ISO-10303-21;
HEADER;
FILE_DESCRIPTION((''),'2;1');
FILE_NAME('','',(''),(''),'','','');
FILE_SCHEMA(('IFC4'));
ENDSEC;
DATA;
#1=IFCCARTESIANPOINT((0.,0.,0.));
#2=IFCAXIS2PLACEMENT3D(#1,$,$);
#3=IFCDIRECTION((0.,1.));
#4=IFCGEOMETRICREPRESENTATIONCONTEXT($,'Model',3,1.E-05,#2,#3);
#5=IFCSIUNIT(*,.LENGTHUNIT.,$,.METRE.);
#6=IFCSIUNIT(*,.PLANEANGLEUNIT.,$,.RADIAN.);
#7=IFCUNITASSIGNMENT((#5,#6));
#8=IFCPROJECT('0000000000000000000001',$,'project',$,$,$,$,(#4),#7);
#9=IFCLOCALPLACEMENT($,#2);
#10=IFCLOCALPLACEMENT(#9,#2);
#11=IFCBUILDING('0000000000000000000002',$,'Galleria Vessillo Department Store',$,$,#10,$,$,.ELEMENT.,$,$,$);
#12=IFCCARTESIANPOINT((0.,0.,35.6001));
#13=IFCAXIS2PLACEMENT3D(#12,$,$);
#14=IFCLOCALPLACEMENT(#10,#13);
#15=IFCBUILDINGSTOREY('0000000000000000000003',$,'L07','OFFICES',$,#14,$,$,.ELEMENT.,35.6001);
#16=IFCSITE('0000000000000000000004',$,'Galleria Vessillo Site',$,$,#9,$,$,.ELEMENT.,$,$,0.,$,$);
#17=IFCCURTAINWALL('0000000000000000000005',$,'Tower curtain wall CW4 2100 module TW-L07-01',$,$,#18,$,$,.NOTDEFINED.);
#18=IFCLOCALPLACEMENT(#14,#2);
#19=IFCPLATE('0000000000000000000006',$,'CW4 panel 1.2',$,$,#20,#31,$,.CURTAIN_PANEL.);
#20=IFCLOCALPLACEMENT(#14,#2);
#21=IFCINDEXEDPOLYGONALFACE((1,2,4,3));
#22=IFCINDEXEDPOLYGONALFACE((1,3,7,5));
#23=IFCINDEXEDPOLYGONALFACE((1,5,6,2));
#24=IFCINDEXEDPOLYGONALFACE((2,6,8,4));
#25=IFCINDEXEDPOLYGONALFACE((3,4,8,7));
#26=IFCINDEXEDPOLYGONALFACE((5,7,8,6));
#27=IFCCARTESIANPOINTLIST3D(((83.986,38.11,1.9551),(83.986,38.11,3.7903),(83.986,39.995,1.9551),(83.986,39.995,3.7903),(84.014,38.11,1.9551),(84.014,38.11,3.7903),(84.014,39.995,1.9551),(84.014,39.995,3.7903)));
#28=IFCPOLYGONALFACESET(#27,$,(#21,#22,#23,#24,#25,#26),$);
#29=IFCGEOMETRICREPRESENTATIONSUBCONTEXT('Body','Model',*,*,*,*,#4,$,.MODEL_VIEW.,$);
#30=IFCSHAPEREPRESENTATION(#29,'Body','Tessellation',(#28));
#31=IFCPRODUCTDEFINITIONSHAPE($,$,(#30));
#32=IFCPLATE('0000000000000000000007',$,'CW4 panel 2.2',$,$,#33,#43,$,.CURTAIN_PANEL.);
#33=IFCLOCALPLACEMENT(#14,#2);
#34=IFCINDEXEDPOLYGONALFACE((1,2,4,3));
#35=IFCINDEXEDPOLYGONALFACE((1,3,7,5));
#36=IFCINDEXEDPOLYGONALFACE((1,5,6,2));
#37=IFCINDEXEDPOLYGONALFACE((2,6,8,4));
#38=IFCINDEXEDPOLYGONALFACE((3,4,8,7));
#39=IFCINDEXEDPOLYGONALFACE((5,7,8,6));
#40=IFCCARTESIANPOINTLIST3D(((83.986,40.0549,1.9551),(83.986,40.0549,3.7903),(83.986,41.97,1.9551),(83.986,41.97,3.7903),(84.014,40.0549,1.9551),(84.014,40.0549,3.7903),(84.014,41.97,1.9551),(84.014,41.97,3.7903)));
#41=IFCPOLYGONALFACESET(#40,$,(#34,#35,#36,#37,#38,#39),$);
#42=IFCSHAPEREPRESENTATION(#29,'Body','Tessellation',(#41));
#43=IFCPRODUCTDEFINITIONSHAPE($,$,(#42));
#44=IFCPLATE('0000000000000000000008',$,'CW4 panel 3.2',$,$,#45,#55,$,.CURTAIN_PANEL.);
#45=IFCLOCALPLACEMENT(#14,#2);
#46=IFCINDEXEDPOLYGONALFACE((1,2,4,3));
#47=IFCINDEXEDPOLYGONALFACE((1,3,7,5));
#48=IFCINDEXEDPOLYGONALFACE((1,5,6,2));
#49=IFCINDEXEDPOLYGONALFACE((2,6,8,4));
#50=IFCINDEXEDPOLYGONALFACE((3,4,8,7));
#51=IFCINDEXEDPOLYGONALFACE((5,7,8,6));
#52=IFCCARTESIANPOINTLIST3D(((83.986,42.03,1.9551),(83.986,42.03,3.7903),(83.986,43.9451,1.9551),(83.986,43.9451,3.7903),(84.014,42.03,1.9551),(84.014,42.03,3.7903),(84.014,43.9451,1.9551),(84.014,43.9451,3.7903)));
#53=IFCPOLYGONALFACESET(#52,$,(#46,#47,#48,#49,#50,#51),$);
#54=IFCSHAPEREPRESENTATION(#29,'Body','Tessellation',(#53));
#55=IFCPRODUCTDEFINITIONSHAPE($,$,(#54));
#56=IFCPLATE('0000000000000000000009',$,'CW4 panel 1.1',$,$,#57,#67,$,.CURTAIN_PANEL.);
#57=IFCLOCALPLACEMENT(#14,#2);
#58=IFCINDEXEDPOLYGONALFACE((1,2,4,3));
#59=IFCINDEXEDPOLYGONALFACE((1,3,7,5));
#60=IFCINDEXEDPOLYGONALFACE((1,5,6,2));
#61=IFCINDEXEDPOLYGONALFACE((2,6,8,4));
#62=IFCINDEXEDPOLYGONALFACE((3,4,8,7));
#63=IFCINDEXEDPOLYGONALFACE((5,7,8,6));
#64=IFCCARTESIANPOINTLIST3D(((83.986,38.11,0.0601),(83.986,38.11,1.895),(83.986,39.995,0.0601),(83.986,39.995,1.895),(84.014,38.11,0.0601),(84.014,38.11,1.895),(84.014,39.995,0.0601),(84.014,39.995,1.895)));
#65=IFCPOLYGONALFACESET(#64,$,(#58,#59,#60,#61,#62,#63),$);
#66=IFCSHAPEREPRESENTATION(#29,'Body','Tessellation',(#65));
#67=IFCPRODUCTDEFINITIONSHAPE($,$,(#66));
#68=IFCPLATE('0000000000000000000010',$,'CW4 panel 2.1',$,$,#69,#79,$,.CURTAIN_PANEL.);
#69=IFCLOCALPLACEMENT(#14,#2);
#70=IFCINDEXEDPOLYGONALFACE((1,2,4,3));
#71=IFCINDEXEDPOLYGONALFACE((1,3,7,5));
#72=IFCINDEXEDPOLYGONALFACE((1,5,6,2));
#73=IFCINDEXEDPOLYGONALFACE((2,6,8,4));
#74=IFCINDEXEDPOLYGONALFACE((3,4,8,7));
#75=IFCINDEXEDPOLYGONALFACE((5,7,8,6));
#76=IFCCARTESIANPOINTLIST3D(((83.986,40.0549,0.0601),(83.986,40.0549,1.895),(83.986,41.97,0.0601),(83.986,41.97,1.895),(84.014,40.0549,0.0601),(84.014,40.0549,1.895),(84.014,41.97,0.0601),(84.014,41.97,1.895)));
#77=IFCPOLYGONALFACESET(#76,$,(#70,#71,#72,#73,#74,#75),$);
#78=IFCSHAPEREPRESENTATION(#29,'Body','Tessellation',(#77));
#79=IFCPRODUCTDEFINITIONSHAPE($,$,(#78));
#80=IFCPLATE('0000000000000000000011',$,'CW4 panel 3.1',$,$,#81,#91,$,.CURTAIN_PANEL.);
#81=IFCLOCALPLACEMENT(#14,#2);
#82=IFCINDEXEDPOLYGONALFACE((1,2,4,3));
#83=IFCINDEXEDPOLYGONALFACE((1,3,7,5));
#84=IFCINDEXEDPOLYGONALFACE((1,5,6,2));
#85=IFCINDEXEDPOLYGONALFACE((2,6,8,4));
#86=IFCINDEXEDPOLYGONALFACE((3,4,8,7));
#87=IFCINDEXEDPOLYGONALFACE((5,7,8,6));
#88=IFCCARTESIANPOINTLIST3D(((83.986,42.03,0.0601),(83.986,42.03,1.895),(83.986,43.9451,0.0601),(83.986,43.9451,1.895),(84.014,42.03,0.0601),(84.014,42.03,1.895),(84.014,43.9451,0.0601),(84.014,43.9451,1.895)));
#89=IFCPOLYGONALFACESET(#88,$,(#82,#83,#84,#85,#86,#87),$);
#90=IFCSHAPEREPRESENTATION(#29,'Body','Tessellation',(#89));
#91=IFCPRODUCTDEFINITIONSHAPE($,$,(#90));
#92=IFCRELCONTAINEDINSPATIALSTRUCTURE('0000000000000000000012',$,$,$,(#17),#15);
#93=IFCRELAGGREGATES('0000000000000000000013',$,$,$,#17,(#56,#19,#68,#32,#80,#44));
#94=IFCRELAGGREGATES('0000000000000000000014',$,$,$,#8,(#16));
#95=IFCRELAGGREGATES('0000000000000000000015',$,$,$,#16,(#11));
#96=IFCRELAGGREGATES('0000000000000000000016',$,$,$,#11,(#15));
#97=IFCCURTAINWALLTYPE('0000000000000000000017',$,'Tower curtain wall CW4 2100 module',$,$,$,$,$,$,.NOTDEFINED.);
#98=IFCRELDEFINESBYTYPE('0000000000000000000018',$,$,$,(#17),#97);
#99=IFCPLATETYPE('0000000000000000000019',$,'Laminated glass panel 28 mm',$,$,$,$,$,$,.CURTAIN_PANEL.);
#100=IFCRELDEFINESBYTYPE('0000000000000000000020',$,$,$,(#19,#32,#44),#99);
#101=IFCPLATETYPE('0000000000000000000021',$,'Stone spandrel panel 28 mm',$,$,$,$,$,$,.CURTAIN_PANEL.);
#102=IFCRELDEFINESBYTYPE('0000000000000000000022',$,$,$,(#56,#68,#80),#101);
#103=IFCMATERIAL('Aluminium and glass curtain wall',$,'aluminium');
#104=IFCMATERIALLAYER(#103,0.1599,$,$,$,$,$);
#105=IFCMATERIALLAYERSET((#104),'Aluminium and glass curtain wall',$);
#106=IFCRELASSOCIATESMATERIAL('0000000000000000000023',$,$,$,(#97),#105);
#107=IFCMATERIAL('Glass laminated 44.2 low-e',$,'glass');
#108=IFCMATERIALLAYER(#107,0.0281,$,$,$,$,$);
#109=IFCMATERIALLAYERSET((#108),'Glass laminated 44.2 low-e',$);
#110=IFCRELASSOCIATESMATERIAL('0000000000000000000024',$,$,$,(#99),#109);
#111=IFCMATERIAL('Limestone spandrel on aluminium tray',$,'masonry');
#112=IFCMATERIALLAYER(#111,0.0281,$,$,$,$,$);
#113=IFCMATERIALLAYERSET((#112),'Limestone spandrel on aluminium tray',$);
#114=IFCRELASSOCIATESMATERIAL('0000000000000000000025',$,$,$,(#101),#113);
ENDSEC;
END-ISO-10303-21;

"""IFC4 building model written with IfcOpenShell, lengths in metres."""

from ifc_helpers import new_model, si_unit, direction, frame, origin, origin_2d, place, context, subcontext, project, spatial, rectangle, extrude, material, layer, layer_set, type_object, element, aggregate, save


model = new_model("IFC4")

# Units and contexts
model_context = context("Model", 3, precision=1e-05, world=origin(), true_north=direction((0.0, 1.0)))
body_context = subcontext(model_context, "Body", "Model", "MODEL_VIEW")
ifc_project = project(units=[si_unit("LENGTHUNIT", "METRE"), si_unit("PLANEANGLEUNIT", "RADIAN")], contexts=[model_context])

# Site, building, storey
site_placement = place(None, origin())
site = spatial("IfcSite", under=ifc_project, at=site_placement, Name="Galleria Vessillo Site", CompositionType="ELEMENT", RefElevation=0.0)
building_placement = place(site_placement, origin())
building = spatial("IfcBuilding", under=site, at=building_placement, Name="Galleria Vessillo Department Store", CompositionType="ELEMENT")
storey_placement = place(building_placement, frame((0.0, 0.0, 35.6001)))
storey = spatial("IfcBuildingStorey", under=building, at=storey_placement, Name="L07", Description="OFFICES", CompositionType="ELEMENT", Elevation=35.6001)

# Curtain wall, plates
ifc_material_1 = material(Name="Aluminium and glass curtain wall", Category="aluminium")
ifc_layer_1 = layer(ifc_material_1, 0.1599)
ifc_layer_set_1 = layer_set([ifc_layer_1], Name="Aluminium and glass curtain wall")
curtain_wall_type = type_object("IfcCurtainWallType", Name="Tower curtain wall CW4 2100 module", PredefinedType="NOTDEFINED", material=ifc_layer_set_1)
curtain_wall_placement = place(storey_placement, origin())
curtain_wall = element("IfcCurtainWall", 1, at=curtain_wall_placement, inside=storey, type_object=curtain_wall_type, Name="Tower curtain wall CW4 2100 module TW-L07-01", PredefinedType="NOTDEFINED")
ifc_material_2 = material(Name="Glass laminated 44.2 low-e", Category="glass")
ifc_layer_2 = layer(ifc_material_2, 0.0281)
ifc_layer_set_2 = layer_set([ifc_layer_2], Name="Glass laminated 44.2 low-e")
plate_type_1 = type_object("IfcPlateType", Name="Laminated glass panel 28 mm", PredefinedType="CURTAIN_PANEL", material=ifc_layer_set_2)
plate_1_placement = place(storey_placement, frame((84.0, 39.0525, 1.9551), z_axis=(0.0, 0.0, 1.0), x_axis=(0.0, 1.0, 0.0)))
plate_1 = element("IfcPlate", 2, at=plate_1_placement, type_object=plate_type_1, Name="CW4 panel 1.2", PredefinedType="CURTAIN_PANEL", context=body_context, shape_type="SweptSolid", body=[
    extrude(rectangle(XDim=1.885, YDim=0.0281, at=origin_2d()), origin(), (0.0, 0.0, 1.0), 1.8352),
])
plate_2_placement = place(storey_placement, frame((84.0, 41.0125, 1.9551), z_axis=(0.0, 0.0, 1.0), x_axis=(0.0, 1.0, 0.0)))
plate_2 = element("IfcPlate", 3, at=plate_2_placement, type_object=plate_type_1, Name="CW4 panel 2.2", PredefinedType="CURTAIN_PANEL", context=body_context, shape_type="SweptSolid", body=[
    extrude(rectangle(XDim=1.915, YDim=0.0281, at=origin_2d()), origin(), (0.0, 0.0, 1.0), 1.8352),
])
plate_3_placement = place(storey_placement, frame((84.0, 42.9875, 1.9551), z_axis=(0.0, 0.0, 1.0), x_axis=(0.0, 1.0, 0.0)))
plate_3 = element("IfcPlate", 4, at=plate_3_placement, type_object=plate_type_1, Name="CW4 panel 3.2", PredefinedType="CURTAIN_PANEL", context=body_context, shape_type="SweptSolid", body=[
    extrude(rectangle(XDim=1.915, YDim=0.0281, at=origin_2d()), origin(), (0.0, 0.0, 1.0), 1.8352),
])
ifc_material_3 = material(Name="Limestone spandrel on aluminium tray", Category="masonry")
ifc_layer_3 = layer(ifc_material_3, 0.0281)
ifc_layer_set_3 = layer_set([ifc_layer_3], Name="Limestone spandrel on aluminium tray")
plate_type_2 = type_object("IfcPlateType", Name="Stone spandrel panel 28 mm", PredefinedType="CURTAIN_PANEL", material=ifc_layer_set_3)
plate_4_placement = place(storey_placement, frame((84.0, 39.0525, 0.0601), z_axis=(0.0, 0.0, 1.0), x_axis=(0.0, 1.0, 0.0)))
plate_4 = element("IfcPlate", 5, at=plate_4_placement, type_object=plate_type_2, Name="CW4 panel 1.1", PredefinedType="CURTAIN_PANEL", context=body_context, shape_type="SweptSolid", body=[
    extrude(rectangle(XDim=1.885, YDim=0.0281, at=origin_2d()), origin(), (0.0, 0.0, 1.0), 1.835),
])
plate_5_placement = place(storey_placement, frame((84.0, 41.0125, 0.0601), z_axis=(0.0, 0.0, 1.0), x_axis=(0.0, 1.0, 0.0)))
plate_5 = element("IfcPlate", 6, at=plate_5_placement, type_object=plate_type_2, Name="CW4 panel 2.1", PredefinedType="CURTAIN_PANEL", context=body_context, shape_type="SweptSolid", body=[
    extrude(rectangle(XDim=1.915, YDim=0.0281, at=origin_2d()), origin(), (0.0, 0.0, 1.0), 1.835),
])
plate_6_placement = place(storey_placement, frame((84.0, 42.9875, 0.0601), z_axis=(0.0, 0.0, 1.0), x_axis=(0.0, 1.0, 0.0)))
plate_6 = element("IfcPlate", 7, at=plate_6_placement, type_object=plate_type_2, Name="CW4 panel 3.1", PredefinedType="CURTAIN_PANEL", context=body_context, shape_type="SweptSolid", body=[
    extrude(rectangle(XDim=1.915, YDim=0.0281, at=origin_2d()), origin(), (0.0, 0.0, 1.0), 1.835),
])
aggregate(curtain_wall, [plate_4, plate_1, plate_5, plate_2, plate_6, plate_3])

save(model, "model.ifc")
